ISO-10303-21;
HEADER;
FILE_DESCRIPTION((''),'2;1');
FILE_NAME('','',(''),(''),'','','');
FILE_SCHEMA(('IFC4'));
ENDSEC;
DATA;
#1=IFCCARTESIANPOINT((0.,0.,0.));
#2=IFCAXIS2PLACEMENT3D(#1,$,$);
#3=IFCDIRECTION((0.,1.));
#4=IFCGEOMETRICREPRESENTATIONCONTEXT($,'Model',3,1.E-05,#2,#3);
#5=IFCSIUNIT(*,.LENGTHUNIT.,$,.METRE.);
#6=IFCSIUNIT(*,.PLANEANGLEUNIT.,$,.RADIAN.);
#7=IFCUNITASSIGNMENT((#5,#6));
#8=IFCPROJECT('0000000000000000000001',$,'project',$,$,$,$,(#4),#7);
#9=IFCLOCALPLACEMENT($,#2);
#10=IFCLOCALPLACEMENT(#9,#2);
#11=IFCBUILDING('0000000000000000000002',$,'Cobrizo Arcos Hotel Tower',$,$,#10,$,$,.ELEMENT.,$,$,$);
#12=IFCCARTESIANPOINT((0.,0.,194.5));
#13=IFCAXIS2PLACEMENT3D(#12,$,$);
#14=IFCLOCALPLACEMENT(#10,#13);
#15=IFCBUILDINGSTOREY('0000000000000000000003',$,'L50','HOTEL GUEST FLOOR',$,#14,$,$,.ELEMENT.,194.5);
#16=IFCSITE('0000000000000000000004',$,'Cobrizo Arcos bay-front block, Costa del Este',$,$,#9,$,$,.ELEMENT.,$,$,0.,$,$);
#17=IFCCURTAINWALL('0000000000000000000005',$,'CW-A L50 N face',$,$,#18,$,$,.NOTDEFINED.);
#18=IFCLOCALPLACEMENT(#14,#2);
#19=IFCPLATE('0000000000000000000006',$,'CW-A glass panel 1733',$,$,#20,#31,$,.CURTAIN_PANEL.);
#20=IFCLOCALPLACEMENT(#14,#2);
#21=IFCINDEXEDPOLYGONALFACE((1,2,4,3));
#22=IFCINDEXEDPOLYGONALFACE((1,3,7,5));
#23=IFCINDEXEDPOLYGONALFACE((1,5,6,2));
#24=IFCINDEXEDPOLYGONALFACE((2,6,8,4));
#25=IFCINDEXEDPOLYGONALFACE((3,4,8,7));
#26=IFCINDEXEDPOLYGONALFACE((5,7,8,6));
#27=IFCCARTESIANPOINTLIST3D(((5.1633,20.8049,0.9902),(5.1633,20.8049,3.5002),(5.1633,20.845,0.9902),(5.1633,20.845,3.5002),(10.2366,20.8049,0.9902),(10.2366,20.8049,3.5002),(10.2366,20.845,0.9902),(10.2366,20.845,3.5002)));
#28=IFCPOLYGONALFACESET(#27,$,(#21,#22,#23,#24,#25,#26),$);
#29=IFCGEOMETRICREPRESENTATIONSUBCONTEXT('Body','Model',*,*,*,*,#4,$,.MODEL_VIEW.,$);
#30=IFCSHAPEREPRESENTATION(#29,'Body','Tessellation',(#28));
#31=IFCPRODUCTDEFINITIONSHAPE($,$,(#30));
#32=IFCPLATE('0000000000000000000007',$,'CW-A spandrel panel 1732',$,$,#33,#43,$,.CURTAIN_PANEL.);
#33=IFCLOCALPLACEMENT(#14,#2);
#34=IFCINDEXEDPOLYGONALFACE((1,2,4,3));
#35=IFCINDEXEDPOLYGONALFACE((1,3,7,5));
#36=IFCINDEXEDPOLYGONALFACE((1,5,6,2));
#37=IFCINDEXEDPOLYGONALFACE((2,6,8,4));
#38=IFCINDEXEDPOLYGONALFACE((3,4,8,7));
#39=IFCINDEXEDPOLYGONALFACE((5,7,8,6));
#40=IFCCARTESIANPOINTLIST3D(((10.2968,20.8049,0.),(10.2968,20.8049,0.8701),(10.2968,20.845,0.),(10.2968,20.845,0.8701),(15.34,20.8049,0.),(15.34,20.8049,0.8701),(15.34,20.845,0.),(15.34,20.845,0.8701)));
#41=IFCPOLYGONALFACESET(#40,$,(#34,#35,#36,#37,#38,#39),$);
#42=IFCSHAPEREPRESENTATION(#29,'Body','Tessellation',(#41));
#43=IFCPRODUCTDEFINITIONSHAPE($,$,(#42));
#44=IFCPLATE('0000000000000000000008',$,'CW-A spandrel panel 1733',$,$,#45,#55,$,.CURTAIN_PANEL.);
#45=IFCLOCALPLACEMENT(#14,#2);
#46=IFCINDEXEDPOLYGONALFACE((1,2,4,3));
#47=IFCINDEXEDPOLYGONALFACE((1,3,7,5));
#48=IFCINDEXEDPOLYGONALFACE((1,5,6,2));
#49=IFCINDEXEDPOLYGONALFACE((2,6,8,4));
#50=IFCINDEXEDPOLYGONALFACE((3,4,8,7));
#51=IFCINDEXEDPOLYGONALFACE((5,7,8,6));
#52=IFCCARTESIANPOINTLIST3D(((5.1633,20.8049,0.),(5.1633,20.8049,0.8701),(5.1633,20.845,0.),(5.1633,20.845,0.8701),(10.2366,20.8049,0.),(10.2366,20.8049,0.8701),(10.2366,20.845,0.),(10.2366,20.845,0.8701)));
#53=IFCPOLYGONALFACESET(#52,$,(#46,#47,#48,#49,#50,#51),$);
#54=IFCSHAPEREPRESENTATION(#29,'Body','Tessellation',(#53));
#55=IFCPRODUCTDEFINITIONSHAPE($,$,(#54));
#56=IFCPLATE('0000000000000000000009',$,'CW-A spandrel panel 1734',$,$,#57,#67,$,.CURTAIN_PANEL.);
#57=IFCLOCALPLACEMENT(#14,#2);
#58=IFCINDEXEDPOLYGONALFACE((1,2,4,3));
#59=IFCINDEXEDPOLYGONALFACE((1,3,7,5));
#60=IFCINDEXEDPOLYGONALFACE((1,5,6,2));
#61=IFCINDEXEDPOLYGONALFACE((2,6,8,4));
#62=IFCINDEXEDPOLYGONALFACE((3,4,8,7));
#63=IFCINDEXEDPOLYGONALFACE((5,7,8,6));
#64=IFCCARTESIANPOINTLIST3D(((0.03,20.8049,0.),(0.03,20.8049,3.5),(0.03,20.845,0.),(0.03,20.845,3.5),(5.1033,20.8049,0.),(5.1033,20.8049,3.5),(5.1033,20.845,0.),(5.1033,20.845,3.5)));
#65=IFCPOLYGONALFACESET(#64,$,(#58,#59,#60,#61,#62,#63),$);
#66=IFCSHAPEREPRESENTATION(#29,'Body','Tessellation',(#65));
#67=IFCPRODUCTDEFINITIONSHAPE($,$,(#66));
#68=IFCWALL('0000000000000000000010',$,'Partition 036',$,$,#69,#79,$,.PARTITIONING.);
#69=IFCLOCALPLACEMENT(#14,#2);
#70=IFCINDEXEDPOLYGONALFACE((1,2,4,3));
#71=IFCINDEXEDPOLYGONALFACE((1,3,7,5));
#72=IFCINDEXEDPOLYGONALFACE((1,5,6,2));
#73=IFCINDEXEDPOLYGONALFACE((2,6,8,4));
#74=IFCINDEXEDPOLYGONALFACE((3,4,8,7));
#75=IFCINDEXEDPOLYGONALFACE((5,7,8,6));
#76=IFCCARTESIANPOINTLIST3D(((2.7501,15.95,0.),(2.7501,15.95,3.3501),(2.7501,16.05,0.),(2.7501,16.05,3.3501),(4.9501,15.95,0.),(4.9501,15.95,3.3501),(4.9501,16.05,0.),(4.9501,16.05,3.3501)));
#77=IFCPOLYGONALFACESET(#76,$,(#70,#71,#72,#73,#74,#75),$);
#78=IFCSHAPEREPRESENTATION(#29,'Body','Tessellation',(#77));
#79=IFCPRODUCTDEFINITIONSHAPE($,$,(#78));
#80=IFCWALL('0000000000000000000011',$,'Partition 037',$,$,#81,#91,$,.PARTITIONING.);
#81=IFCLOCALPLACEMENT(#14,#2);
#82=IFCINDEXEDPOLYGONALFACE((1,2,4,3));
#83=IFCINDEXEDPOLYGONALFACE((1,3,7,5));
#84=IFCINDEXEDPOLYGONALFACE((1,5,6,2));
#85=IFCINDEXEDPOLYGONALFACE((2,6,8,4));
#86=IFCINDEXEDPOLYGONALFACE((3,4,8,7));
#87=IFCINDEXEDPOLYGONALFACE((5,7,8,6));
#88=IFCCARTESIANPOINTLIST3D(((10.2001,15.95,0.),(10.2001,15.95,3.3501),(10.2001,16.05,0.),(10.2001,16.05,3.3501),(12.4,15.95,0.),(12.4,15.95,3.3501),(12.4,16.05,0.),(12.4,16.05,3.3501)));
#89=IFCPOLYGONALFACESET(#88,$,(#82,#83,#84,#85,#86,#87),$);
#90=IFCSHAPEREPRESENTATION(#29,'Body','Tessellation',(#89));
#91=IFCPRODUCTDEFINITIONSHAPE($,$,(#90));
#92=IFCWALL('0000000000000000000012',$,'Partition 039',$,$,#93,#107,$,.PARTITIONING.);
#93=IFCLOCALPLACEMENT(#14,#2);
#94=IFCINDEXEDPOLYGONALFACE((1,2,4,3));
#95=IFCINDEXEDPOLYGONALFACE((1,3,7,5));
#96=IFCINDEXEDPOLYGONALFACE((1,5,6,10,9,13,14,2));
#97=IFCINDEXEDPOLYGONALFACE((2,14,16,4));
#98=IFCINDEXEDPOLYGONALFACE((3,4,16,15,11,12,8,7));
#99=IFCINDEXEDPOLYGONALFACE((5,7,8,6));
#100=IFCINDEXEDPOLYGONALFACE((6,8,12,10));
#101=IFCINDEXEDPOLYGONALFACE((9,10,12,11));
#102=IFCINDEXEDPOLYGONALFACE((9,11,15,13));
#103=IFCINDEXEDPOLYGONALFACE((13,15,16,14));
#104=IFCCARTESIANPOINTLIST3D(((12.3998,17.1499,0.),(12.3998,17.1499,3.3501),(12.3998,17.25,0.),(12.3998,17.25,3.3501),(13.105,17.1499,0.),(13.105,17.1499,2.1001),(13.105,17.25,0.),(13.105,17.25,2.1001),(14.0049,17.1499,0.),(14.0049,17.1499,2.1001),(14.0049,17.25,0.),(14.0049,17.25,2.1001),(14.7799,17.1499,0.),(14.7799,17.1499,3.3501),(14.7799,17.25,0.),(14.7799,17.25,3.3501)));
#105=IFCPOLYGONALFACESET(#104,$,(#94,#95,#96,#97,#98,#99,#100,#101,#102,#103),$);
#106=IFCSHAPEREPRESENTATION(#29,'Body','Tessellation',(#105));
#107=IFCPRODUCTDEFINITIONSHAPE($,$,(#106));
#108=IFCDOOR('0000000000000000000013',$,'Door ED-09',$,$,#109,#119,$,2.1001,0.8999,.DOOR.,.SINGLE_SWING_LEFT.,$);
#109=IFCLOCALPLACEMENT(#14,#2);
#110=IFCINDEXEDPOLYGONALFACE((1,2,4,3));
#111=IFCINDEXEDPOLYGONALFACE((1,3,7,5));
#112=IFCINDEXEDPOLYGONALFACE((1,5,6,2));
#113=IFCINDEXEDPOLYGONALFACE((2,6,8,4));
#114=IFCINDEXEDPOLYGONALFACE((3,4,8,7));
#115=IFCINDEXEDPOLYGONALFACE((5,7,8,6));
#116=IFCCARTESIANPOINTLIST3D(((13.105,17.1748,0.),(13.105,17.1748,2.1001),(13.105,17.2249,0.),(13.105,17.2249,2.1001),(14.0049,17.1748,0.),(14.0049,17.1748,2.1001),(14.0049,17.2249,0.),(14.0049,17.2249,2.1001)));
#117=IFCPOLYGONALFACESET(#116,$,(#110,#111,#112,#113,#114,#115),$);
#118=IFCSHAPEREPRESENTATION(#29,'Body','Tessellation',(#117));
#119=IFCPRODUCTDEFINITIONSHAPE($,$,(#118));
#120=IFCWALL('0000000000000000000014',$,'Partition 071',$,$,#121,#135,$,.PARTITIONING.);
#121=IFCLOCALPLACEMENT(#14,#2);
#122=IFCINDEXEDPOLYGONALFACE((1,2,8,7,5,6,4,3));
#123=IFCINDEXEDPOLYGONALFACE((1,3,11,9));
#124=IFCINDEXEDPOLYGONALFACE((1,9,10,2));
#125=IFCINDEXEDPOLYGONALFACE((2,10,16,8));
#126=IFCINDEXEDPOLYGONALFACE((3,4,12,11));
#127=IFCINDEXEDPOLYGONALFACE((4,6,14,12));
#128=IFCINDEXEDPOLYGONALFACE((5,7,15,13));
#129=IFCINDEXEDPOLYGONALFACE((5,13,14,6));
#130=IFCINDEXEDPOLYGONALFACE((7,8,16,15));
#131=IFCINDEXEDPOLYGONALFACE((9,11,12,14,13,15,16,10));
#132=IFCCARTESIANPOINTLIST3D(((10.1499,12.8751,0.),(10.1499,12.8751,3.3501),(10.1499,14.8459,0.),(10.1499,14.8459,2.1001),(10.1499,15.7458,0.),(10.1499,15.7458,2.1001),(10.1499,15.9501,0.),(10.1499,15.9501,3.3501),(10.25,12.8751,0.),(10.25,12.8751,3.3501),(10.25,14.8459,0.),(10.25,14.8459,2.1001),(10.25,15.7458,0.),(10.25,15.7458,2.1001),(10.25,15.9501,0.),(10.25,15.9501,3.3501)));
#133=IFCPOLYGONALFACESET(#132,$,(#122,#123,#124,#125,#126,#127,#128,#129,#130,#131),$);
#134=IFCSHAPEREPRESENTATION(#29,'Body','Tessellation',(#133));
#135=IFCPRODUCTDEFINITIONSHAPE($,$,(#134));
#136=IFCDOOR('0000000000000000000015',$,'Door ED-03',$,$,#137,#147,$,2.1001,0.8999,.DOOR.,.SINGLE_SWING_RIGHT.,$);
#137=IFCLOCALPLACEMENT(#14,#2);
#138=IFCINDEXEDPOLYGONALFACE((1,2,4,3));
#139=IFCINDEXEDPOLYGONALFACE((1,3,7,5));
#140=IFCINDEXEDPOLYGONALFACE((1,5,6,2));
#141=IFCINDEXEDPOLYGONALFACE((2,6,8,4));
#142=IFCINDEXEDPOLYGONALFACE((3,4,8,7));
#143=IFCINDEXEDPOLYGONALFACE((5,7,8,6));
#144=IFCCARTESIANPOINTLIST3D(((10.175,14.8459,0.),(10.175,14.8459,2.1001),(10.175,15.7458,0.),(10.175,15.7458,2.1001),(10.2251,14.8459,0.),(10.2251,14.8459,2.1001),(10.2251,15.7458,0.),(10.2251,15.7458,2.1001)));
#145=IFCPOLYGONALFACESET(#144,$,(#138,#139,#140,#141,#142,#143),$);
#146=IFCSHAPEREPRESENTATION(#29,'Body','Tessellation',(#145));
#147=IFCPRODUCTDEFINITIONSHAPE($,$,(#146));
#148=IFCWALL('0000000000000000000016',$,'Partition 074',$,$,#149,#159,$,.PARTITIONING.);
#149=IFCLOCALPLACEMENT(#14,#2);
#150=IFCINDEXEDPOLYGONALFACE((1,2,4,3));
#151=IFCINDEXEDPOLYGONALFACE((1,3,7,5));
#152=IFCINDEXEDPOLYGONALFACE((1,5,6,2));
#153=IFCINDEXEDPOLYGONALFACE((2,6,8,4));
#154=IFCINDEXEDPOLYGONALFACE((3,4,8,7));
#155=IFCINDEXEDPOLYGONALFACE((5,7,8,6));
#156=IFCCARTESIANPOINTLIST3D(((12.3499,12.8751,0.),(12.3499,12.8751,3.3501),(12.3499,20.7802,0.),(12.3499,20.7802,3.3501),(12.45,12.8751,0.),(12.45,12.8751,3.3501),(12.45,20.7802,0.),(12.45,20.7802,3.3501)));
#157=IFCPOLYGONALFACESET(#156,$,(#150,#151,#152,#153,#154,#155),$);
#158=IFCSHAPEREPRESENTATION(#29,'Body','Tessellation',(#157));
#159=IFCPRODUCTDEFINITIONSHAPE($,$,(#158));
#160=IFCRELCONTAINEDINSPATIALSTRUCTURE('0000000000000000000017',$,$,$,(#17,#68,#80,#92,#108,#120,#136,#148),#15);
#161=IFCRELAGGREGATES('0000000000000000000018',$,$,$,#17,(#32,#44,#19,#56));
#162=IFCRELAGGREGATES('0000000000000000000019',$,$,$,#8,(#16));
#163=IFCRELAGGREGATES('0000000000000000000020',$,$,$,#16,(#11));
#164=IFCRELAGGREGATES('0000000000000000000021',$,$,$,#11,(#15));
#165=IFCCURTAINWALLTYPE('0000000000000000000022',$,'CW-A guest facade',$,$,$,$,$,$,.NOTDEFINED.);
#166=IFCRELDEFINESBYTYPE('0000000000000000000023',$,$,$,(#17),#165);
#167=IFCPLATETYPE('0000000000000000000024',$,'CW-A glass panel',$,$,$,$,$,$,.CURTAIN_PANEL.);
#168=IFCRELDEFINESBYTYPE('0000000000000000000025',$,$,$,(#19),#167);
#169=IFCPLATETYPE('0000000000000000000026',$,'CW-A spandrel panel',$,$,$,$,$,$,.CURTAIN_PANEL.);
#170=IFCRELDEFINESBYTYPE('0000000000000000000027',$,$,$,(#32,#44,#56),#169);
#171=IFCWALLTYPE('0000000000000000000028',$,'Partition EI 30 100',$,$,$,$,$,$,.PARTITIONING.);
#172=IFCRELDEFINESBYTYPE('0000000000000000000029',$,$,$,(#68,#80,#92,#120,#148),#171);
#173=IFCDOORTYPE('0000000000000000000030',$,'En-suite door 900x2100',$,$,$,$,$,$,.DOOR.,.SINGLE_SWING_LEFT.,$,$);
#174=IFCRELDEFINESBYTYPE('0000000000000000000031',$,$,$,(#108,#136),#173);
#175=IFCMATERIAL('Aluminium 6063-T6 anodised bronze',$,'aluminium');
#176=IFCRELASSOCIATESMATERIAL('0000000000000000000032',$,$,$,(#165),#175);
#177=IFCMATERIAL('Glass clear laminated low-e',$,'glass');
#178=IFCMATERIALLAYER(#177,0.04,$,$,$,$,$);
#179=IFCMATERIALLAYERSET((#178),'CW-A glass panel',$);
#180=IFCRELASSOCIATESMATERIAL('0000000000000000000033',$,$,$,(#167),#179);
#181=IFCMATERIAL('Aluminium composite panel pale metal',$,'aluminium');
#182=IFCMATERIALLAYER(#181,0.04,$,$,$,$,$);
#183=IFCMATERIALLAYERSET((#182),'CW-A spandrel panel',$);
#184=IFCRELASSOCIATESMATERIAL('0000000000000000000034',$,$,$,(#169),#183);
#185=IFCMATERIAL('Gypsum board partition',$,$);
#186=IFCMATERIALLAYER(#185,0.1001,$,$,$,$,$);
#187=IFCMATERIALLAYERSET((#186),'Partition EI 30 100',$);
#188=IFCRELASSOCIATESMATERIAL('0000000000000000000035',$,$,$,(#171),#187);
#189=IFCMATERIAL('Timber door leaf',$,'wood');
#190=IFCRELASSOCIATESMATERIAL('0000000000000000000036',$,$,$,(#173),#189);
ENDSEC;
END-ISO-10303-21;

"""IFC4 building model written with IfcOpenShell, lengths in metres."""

from ifc_helpers import new_model, si_unit, direction, frame, frame_2d, origin, origin_2d, place, context, subcontext, project, spatial, rectangle, extrude, material, layer, layer_set, type_object, element, fill, aggregate, save


model = new_model("IFC4")

# Units and contexts
model_context = context("Model", 3, precision=1e-05, world=origin(), true_north=direction((0.0, 1.0)))
body_context = subcontext(model_context, "Body", "Model", "MODEL_VIEW")
ifc_project = project(units=[si_unit("LENGTHUNIT", "METRE"), si_unit("PLANEANGLEUNIT", "RADIAN")], contexts=[model_context])

# Site, building, storey
site_placement = place(None, origin())
site = spatial("IfcSite", under=ifc_project, at=site_placement, Name="Cobrizo Arcos bay-front block, Costa del Este", CompositionType="ELEMENT", RefElevation=0.0)
building_placement = place(site_placement, origin())
building = spatial("IfcBuilding", under=site, at=building_placement, Name="Cobrizo Arcos Hotel Tower", CompositionType="ELEMENT")
storey_placement = place(building_placement, frame((0.0, 0.0, 194.5)))
storey = spatial("IfcBuildingStorey", under=building, at=storey_placement, Name="L50", Description="HOTEL GUEST FLOOR", CompositionType="ELEMENT", Elevation=194.5)

# Curtain wall
ifc_material_1 = material(Name="Aluminium 6063-T6 anodised bronze", Category="aluminium")
curtain_wall_type = type_object("IfcCurtainWallType", Name="CW-A guest facade", PredefinedType="NOTDEFINED", material=ifc_material_1)
curtain_wall_placement = place(storey_placement, origin())
curtain_wall = element("IfcCurtainWall", 1, at=curtain_wall_placement, inside=storey, type_object=curtain_wall_type, Name="CW-A L50 N face", PredefinedType="NOTDEFINED")

# Plates
ifc_material_2 = material(Name="Glass clear laminated low-e", Category="glass")
ifc_layer_1 = layer(ifc_material_2, 0.04)
ifc_layer_set_1 = layer_set([ifc_layer_1], Name="CW-A glass panel")
plate_type_1 = type_object("IfcPlateType", Name="CW-A glass panel", PredefinedType="CURTAIN_PANEL", material=ifc_layer_set_1)
plate_1_placement = place(storey_placement, frame((7.7, 20.825, 0.9902), z_axis=(0.0, 0.0, 1.0), x_axis=(-1.0, 0.0, 0.0)))
plate_1 = element("IfcPlate", 2, at=plate_1_placement, type_object=plate_type_1, Name="CW-A glass panel 1733", PredefinedType="CURTAIN_PANEL", context=body_context, shape_type="SweptSolid", body=[
    extrude(rectangle(XDim=5.0732, YDim=0.04, at=origin_2d()), origin(), (0.0, 0.0, 1.0), 2.51),
])
ifc_material_3 = material(Name="Aluminium composite panel pale metal", Category="aluminium")
ifc_layer_2 = layer(ifc_material_3, 0.04)
ifc_layer_set_2 = layer_set([ifc_layer_2], Name="CW-A spandrel panel")
plate_type_2 = type_object("IfcPlateType", Name="CW-A spandrel panel", PredefinedType="CURTAIN_PANEL", material=ifc_layer_set_2)
plate_2_placement = place(storey_placement, frame((12.8184, 20.825, 0.0), z_axis=(0.0, 0.0, 1.0), x_axis=(-1.0, 0.0, 0.0)))
plate_2 = element("IfcPlate", 3, at=plate_2_placement, type_object=plate_type_2, Name="CW-A spandrel panel 1732", PredefinedType="CURTAIN_PANEL", context=body_context, shape_type="SweptSolid", body=[
    extrude(rectangle(XDim=5.0432, YDim=0.04, at=origin_2d()), origin(), (0.0, 0.0, 1.0), 0.8701),
])
plate_3_placement = place(storey_placement, frame((7.7, 20.825, 0.0), z_axis=(0.0, 0.0, 1.0), x_axis=(-1.0, 0.0, 0.0)))
plate_3 = element("IfcPlate", 4, at=plate_3_placement, type_object=plate_type_2, Name="CW-A spandrel panel 1733", PredefinedType="CURTAIN_PANEL", context=body_context, shape_type="SweptSolid", body=[
    extrude(rectangle(XDim=5.0732, YDim=0.04, at=origin_2d()), origin(), (0.0, 0.0, 1.0), 0.8701),
])
plate_4_placement = place(storey_placement, frame((2.5667, 20.825, 0.0), z_axis=(0.0, 0.0, 1.0), x_axis=(-1.0, 0.0, 0.0)))
plate_4 = element("IfcPlate", 5, at=plate_4_placement, type_object=plate_type_2, Name="CW-A spandrel panel 1734", PredefinedType="CURTAIN_PANEL", context=body_context, shape_type="SweptSolid", body=[
    extrude(rectangle(XDim=5.0732, YDim=0.04, at=origin_2d()), origin(), (0.0, 0.0, 1.0), 3.5),
])
aggregate(curtain_wall, [plate_2, plate_3, plate_1, plate_4])

# Walls
ifc_material_4 = material(Name="Gypsum board partition")
ifc_layer_3 = layer(ifc_material_4, 0.1001)
ifc_layer_set_3 = layer_set([ifc_layer_3], Name="Partition EI 30 100")
wall_type = type_object("IfcWallType", Name="Partition EI 30 100", PredefinedType="PARTITIONING", material=ifc_layer_set_3)
for number, where, z_axis, x_axis, name in (
    (6, (2.75, 16.0, 0.0), (0.0, 0.0, 1.0), (1.0, 0.0, 0.0), "Partition 036"),
    (7, (10.2, 16.0, 0.0), (0.0, 0.0, 1.0), (1.0, 0.0, 0.0), "Partition 037"),
):
    element("IfcWall", number, at=place(storey_placement, frame(where, z_axis=z_axis, x_axis=x_axis)), inside=storey, type_object=wall_type, Name=name, PredefinedType="PARTITIONING", context=body_context, shape_type="SweptSolid", body=[
        extrude(rectangle(XDim=2.2, YDim=0.1001, at=frame_2d((1.1001, 0.0))), origin(), (0.0, 0.0, 1.0), 3.3501),
    ])

# Walls, openings, doors
wall_1_placement = place(storey_placement, frame((12.3999, 17.2, 0.0), z_axis=(0.0, 0.0, 1.0), x_axis=(1.0, 0.0, 0.0)))
wall_1 = element("IfcWall", 8, at=wall_1_placement, inside=storey, type_object=wall_type, Name="Partition 039", PredefinedType="PARTITIONING", context=body_context, shape_type="SweptSolid", body=[
    extrude(rectangle(XDim=2.3801, YDim=0.1001, at=frame_2d((1.1899, 0.0))), origin(), (0.0, 0.0, 1.0), 3.3501),
])
opening_1_placement = place(wall_1_placement, frame((0.7051, 0.0, 0.0)))
opening_1 = element("IfcOpeningElement", 9, at=opening_1_placement, cuts=wall_1, PredefinedType="OPENING", context=body_context, shape_type="SweptSolid", body=[
    extrude(rectangle(XDim=0.8999, YDim=2.1001, at=frame_2d((0.45, 1.05))), frame((0.0, 0.062, 0.0), z_axis=(0.0, -1.0, 0.0), x_axis=(1.0, 0.0, 0.0)), (0.0, 0.0, 1.0), 0.124),
])
ifc_material_5 = material(Name="Timber door leaf", Category="wood")
door_type = type_object("IfcDoorType", Name="En-suite door 900x2100", OperationType="SINGLE_SWING_LEFT", PredefinedType="DOOR", material=ifc_material_5)
door_1_placement = place(opening_1_placement, origin())
door_1 = element("IfcDoor", 10, at=door_1_placement, inside=storey, type_object=door_type, Name="Door ED-09", OperationType="SINGLE_SWING_LEFT", OverallHeight=2.1001, OverallWidth=0.8999, PredefinedType="DOOR", context=body_context, shape_type="SweptSolid", body=[
    extrude(rectangle(XDim=0.8999, YDim=2.1001, at=frame_2d((0.45, 1.05))), frame((0.0, 0.0249, 0.0), z_axis=(0.0, -1.0, 0.0), x_axis=(1.0, 0.0, 0.0)), (0.0, 0.0, 1.0), 0.05),
])
fill(opening_1, door_1)
wall_2_placement = place(storey_placement, frame((10.2, 12.875, 0.0), z_axis=(0.0, 0.0, 1.0), x_axis=(0.0, 1.0, 0.0)))
wall_2 = element("IfcWall", 11, at=wall_2_placement, inside=storey, type_object=wall_type, Name="Partition 071", PredefinedType="PARTITIONING", context=body_context, shape_type="SweptSolid", body=[
    extrude(rectangle(XDim=3.075, YDim=0.1001, at=frame_2d((1.5376, 0.0))), origin(), (0.0, 0.0, 1.0), 3.3501),
])
opening_2_placement = place(wall_2_placement, frame((1.9709, 0.0, 0.0)))
opening_2 = element("IfcOpeningElement", 12, at=opening_2_placement, cuts=wall_2, PredefinedType="OPENING", context=body_context, shape_type="SweptSolid", body=[
    extrude(rectangle(XDim=0.8999, YDim=2.1001, at=frame_2d((0.45, 1.05))), frame((0.0, 0.062, 0.0), z_axis=(0.0, -1.0, 0.0), x_axis=(1.0, 0.0, 0.0)), (0.0, 0.0, 1.0), 0.124),
])
door_2_placement = place(opening_2_placement, origin())
door_2 = element("IfcDoor", 13, at=door_2_placement, inside=storey, type_object=door_type, Name="Door ED-03", OperationType="SINGLE_SWING_RIGHT", OverallHeight=2.1001, OverallWidth=0.8999, PredefinedType="DOOR", context=body_context, shape_type="SweptSolid", body=[
    extrude(rectangle(XDim=0.8999, YDim=2.1001, at=frame_2d((0.45, 1.05))), frame((0.0, 0.0249, 0.0), z_axis=(0.0, -1.0, 0.0), x_axis=(1.0, 0.0, 0.0)), (0.0, 0.0, 1.0), 0.05),
])
fill(opening_2, door_2)

# Wall
wall_3_placement = place(storey_placement, frame((12.3999, 12.875, 0.0), z_axis=(0.0, 0.0, 1.0), x_axis=(0.0, 1.0, 0.0)))
element("IfcWall", 14, at=wall_3_placement, inside=storey, type_object=wall_type, Name="Partition 074", PredefinedType="PARTITIONING", context=body_context, shape_type="SweptSolid", body=[
    extrude(rectangle(XDim=7.905, YDim=0.1001, at=frame_2d((3.9526, 0.0))), origin(), (0.0, 0.0, 1.0), 3.3501),
])

save(model, "model.ifc")
